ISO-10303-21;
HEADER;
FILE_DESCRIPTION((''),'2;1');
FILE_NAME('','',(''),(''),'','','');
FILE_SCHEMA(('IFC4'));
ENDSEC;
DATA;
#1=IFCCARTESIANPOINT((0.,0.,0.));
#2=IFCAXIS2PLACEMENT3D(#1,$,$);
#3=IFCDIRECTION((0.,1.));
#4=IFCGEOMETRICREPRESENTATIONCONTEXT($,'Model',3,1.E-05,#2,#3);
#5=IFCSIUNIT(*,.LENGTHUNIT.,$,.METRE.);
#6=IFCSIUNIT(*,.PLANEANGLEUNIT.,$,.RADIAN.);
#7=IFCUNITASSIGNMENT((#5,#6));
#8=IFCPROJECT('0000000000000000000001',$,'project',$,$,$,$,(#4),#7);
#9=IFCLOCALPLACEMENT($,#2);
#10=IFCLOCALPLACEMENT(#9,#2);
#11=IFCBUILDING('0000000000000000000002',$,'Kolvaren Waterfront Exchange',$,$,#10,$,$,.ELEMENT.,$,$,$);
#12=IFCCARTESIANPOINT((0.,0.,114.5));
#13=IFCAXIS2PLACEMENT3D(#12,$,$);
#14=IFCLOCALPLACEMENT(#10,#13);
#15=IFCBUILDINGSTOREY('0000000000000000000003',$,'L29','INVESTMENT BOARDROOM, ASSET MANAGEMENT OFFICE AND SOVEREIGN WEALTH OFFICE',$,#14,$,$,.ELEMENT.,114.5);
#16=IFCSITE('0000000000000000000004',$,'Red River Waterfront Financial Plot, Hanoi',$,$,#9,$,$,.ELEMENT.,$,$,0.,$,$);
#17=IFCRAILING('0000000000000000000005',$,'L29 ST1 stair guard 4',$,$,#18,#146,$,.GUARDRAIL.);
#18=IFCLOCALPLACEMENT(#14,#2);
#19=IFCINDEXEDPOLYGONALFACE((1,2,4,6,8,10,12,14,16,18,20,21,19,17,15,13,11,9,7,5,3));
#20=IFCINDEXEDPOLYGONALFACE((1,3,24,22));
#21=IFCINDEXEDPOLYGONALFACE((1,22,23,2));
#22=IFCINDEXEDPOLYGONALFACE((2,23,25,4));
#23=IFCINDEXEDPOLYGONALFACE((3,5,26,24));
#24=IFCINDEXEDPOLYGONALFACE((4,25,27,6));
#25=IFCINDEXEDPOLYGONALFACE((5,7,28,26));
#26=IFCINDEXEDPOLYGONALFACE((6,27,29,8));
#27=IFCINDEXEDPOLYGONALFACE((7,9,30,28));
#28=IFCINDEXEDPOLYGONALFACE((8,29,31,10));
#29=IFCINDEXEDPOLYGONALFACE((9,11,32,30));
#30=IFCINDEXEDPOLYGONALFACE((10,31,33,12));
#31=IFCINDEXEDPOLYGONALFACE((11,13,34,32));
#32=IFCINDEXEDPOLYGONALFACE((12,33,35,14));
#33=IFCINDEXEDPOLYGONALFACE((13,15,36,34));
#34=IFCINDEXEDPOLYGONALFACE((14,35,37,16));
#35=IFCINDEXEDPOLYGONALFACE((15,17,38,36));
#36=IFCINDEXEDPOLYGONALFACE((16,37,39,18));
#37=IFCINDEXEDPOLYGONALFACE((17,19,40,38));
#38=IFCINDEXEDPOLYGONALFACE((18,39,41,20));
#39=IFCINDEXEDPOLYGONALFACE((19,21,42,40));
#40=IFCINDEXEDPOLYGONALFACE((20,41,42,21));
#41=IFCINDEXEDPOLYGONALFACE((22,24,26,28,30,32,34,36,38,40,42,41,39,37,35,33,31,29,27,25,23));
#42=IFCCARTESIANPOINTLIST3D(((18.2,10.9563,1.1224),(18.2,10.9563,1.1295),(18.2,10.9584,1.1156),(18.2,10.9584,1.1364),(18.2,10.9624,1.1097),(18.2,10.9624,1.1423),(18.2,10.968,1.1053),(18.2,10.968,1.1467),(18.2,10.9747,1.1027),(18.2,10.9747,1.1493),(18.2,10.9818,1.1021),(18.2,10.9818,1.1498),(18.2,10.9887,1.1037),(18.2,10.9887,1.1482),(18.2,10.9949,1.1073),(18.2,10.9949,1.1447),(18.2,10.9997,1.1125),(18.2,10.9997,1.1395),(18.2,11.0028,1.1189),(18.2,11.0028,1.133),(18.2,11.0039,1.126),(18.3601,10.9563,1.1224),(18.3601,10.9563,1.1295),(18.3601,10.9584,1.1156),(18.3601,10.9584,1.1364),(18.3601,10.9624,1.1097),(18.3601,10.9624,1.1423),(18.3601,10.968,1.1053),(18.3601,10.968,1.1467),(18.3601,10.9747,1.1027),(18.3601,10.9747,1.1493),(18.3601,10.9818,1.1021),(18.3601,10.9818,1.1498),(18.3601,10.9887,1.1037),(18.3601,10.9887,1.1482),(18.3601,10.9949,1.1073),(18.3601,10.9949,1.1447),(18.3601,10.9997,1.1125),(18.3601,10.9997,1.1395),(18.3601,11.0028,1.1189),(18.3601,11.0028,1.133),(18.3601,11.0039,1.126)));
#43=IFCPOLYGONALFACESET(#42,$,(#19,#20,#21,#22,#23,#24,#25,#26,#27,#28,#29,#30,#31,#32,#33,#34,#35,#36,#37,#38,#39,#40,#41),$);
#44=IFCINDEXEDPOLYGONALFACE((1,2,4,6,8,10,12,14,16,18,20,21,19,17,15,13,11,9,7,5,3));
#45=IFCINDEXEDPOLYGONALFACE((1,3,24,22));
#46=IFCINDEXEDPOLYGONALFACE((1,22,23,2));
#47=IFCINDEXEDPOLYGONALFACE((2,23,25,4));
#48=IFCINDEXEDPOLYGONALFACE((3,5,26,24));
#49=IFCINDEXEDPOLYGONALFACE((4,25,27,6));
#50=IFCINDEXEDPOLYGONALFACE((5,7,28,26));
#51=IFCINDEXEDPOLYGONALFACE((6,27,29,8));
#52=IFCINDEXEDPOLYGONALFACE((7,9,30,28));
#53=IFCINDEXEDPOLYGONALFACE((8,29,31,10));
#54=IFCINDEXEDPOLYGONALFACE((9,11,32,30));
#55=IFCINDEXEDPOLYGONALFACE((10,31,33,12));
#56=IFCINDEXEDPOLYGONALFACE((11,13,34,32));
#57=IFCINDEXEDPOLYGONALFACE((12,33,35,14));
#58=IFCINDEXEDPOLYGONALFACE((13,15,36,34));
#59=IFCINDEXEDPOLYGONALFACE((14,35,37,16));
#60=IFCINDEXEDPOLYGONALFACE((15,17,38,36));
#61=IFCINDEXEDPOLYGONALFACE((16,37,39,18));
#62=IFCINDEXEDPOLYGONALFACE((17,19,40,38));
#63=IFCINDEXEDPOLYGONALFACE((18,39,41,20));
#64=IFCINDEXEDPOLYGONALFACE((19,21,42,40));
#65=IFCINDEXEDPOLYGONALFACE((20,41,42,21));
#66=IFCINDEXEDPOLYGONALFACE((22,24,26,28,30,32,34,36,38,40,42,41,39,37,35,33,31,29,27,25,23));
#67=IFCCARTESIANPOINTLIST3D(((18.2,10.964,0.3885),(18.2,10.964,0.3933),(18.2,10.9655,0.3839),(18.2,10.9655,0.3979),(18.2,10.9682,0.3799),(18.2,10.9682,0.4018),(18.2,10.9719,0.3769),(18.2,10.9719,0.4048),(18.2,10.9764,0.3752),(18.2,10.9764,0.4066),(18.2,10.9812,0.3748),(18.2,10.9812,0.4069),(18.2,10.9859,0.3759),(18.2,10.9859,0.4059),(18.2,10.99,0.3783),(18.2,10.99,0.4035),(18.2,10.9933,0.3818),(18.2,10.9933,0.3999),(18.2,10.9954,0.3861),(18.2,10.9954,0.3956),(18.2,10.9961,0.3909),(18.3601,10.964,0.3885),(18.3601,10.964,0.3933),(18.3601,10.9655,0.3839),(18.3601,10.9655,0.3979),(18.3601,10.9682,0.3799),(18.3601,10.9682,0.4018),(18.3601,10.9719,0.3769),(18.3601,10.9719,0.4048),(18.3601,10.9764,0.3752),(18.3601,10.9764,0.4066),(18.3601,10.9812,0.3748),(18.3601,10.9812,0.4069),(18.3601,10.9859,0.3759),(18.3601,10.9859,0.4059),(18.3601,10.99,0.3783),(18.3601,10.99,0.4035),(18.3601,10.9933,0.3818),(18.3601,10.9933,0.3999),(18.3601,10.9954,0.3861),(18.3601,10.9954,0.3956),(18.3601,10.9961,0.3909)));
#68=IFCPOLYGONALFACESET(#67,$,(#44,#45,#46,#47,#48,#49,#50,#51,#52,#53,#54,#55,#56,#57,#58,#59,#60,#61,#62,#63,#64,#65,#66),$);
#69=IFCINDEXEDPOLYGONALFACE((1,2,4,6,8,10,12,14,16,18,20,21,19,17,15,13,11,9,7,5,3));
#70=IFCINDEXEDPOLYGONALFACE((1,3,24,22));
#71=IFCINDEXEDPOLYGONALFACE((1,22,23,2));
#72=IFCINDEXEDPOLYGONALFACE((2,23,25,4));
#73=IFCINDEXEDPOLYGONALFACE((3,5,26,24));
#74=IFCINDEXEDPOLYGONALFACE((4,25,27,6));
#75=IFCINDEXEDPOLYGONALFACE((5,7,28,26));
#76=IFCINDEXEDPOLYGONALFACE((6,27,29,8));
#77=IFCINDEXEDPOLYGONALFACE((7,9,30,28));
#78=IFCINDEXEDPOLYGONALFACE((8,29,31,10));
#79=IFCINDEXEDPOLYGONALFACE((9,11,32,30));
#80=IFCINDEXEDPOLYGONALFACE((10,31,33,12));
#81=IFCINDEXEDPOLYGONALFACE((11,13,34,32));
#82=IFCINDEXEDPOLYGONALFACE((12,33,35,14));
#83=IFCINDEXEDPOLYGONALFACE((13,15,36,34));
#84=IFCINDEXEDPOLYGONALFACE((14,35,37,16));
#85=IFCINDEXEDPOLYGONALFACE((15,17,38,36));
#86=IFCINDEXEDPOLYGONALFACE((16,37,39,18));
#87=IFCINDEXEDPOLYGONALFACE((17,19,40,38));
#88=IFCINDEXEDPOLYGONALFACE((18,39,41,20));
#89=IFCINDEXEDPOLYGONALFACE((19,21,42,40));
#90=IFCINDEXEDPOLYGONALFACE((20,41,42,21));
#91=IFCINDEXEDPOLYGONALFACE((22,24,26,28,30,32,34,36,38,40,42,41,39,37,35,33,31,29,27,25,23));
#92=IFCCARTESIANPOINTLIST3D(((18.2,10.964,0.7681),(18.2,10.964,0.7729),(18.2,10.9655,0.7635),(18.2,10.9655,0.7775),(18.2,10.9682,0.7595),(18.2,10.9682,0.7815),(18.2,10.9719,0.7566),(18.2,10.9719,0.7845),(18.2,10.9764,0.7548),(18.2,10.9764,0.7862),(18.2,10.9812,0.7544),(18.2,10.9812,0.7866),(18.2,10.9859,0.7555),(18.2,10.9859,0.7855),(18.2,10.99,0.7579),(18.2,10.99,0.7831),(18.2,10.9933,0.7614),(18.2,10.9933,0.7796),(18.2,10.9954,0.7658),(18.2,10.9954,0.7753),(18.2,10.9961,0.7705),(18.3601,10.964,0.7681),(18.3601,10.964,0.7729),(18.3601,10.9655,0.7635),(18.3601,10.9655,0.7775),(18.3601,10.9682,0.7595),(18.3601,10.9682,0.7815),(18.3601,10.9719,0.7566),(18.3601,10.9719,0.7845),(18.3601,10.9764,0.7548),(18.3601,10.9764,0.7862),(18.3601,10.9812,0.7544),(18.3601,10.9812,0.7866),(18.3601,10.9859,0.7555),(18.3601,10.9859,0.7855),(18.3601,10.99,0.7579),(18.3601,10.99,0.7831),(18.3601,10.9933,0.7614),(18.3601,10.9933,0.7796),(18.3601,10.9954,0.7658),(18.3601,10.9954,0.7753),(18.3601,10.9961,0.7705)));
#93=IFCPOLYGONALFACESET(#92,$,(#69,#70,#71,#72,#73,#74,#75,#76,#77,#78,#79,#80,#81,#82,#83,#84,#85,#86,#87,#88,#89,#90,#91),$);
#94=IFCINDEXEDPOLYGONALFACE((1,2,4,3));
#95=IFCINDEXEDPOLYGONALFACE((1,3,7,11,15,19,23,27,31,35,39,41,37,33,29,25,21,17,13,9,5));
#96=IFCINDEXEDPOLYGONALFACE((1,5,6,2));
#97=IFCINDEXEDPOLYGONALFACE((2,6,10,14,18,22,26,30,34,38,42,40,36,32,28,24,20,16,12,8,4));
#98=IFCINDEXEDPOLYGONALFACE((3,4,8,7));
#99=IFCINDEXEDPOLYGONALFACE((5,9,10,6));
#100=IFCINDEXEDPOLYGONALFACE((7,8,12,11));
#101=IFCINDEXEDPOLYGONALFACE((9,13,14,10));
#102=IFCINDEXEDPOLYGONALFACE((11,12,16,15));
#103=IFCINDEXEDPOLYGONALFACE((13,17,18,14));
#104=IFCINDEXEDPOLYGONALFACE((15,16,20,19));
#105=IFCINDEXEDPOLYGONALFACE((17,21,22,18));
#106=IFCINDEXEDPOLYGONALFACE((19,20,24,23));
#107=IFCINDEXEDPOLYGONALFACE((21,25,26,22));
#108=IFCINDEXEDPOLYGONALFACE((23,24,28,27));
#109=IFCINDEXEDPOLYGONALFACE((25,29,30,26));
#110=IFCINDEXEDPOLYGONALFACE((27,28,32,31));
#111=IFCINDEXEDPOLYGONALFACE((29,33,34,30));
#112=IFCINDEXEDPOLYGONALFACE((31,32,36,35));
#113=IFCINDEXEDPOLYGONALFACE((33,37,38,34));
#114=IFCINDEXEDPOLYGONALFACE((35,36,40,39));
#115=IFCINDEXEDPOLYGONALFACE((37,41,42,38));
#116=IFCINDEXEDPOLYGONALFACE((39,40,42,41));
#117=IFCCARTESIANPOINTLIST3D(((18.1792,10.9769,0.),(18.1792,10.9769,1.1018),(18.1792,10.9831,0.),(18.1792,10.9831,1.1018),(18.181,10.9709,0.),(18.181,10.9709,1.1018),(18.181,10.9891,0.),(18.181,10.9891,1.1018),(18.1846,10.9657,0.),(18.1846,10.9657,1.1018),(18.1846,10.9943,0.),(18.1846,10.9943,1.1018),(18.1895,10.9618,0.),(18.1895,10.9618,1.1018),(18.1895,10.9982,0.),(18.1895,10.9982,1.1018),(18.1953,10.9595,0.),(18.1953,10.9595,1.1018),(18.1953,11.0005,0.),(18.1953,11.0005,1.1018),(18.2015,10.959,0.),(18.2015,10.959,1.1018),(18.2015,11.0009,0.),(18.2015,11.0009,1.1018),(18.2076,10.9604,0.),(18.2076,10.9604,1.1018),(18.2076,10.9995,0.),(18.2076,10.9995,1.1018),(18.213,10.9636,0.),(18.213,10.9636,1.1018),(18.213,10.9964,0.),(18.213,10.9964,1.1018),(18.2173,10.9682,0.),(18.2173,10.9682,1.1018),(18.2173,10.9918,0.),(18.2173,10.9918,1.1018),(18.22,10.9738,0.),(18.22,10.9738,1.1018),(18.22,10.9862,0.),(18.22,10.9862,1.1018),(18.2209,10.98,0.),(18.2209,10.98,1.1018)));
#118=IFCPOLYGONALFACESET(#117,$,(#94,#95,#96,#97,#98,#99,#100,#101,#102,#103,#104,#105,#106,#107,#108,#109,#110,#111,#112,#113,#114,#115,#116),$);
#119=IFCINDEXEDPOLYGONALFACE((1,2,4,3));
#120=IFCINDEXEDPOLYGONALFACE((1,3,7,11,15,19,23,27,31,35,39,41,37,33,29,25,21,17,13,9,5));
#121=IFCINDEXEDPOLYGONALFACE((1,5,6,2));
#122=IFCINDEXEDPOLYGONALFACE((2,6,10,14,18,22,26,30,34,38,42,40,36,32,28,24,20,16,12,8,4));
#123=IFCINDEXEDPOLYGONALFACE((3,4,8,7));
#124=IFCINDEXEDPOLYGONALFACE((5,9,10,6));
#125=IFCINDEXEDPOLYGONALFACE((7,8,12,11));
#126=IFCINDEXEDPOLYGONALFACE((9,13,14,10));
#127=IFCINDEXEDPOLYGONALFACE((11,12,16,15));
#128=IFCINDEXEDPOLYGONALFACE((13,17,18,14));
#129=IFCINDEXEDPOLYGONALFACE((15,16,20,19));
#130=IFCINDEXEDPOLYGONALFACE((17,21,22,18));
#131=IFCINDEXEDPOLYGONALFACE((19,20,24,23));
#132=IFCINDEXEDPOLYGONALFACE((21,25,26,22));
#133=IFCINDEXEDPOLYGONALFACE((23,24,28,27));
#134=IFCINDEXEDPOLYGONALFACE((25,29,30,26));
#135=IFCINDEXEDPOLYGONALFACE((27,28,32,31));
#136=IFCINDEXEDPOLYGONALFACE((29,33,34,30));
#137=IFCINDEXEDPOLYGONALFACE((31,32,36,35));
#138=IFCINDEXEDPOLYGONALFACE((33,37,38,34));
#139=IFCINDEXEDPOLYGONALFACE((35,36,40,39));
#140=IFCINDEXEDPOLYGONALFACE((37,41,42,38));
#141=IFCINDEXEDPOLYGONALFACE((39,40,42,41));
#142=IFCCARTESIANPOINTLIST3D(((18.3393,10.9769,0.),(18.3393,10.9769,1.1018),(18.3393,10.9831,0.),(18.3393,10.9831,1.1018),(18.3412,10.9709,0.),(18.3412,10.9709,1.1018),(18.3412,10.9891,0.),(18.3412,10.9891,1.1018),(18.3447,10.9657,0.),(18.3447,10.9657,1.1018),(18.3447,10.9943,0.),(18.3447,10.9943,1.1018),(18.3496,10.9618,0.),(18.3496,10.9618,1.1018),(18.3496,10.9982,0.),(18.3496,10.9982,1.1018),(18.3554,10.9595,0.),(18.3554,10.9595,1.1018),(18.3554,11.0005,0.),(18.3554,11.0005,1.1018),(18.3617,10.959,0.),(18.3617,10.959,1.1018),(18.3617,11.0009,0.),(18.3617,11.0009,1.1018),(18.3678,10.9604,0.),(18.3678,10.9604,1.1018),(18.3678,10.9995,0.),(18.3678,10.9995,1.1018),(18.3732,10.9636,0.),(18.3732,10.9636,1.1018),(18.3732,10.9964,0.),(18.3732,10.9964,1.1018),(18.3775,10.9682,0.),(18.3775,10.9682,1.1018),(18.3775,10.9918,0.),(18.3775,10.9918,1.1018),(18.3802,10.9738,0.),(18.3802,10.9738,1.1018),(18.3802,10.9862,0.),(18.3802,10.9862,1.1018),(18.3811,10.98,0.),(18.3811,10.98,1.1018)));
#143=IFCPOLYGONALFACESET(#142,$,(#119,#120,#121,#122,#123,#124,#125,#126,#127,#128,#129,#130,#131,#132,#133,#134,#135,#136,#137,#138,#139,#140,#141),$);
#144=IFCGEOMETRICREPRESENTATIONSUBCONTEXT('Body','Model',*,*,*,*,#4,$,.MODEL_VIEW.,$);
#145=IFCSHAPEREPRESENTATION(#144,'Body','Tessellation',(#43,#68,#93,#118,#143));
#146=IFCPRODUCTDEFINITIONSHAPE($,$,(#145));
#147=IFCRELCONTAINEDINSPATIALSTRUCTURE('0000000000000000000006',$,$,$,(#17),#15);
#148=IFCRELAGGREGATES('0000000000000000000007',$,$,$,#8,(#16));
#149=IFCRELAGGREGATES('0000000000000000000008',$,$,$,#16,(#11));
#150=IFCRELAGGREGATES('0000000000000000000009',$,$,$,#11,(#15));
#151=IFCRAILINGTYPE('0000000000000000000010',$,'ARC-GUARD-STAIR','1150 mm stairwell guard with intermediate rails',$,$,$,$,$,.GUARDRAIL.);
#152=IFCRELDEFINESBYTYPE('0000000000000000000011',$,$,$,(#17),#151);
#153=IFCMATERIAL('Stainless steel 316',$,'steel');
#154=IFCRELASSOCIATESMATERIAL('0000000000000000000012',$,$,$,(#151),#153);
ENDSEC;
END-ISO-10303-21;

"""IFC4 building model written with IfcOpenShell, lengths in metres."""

from ifc_helpers import new_model, si_unit, direction, frame, origin, origin_2d, place, context, subcontext, project, spatial, circle, extrude, material, type_object, element, save


model = new_model("IFC4")

# Units and contexts
model_context = context("Model", 3, precision=1e-05, world=origin(), true_north=direction((0.0, 1.0)))
body_context = subcontext(model_context, "Body", "Model", "MODEL_VIEW")
ifc_project = project(units=[si_unit("LENGTHUNIT", "METRE"), si_unit("PLANEANGLEUNIT", "RADIAN")], contexts=[model_context])

# Site, building, storey
site_placement = place(None, origin())
site = spatial("IfcSite", under=ifc_project, at=site_placement, Name="Red River Waterfront Financial Plot, Hanoi", CompositionType="ELEMENT", RefElevation=0.0)
building_placement = place(site_placement, origin())
building = spatial("IfcBuilding", under=site, at=building_placement, Name="Kolvaren Waterfront Exchange", CompositionType="ELEMENT")
storey_placement = place(building_placement, frame((0.0, 0.0, 114.5)))
storey = spatial("IfcBuildingStorey", under=building, at=storey_placement, Name="L29", Description="INVESTMENT BOARDROOM, ASSET MANAGEMENT OFFICE AND SOVEREIGN WEALTH OFFICE", CompositionType="ELEMENT", Elevation=114.5)

# Railing
ifc_material_1 = material(Name="Stainless steel 316", Category="steel")
railing_type_1 = type_object("IfcRailingType", Name="ARC-GUARD-STAIR", Description="1150 mm stairwell guard with intermediate rails", PredefinedType="GUARDRAIL", material=ifc_material_1)
railing_1_placement = place(storey_placement, frame((18.2, 10.98, 0.0)))
element("IfcRailing", 1, at=railing_1_placement, inside=storey, type_object=railing_type_1, Name="L29 ST1 stair guard 4", PredefinedType="GUARDRAIL", context=body_context, shape_type="SweptSolid", body=[
    extrude(circle(Radius=0.0239, at=origin_2d()), frame((0.0, 0.0, 1.126), z_axis=(1.0, 0.0, 0.0), x_axis=(0.0, 1.0, 0.0)), (0.0, 0.0, 1.0), 0.1602),
    extrude(circle(Radius=0.0161, at=origin_2d()), frame((0.0, 0.0, 0.3909), z_axis=(1.0, 0.0, 0.0), x_axis=(0.0, 1.0, 0.0)), (0.0, 0.0, 1.0), 0.1602),
    extrude(circle(Radius=0.0161, at=origin_2d()), frame((0.0, 0.0, 0.7705), z_axis=(1.0, 0.0, 0.0), x_axis=(0.0, 1.0, 0.0)), (0.0, 0.0, 1.0), 0.1602),
    extrude(circle(Radius=0.021, at=origin_2d()), origin(), (0.0, 0.0, 1.0), 1.1018),
    extrude(circle(Radius=0.021, at=origin_2d()), frame((0.1602, 0.0, 0.0)), (0.0, 0.0, 1.0), 1.1018),
])

save(model, "model.ifc")
